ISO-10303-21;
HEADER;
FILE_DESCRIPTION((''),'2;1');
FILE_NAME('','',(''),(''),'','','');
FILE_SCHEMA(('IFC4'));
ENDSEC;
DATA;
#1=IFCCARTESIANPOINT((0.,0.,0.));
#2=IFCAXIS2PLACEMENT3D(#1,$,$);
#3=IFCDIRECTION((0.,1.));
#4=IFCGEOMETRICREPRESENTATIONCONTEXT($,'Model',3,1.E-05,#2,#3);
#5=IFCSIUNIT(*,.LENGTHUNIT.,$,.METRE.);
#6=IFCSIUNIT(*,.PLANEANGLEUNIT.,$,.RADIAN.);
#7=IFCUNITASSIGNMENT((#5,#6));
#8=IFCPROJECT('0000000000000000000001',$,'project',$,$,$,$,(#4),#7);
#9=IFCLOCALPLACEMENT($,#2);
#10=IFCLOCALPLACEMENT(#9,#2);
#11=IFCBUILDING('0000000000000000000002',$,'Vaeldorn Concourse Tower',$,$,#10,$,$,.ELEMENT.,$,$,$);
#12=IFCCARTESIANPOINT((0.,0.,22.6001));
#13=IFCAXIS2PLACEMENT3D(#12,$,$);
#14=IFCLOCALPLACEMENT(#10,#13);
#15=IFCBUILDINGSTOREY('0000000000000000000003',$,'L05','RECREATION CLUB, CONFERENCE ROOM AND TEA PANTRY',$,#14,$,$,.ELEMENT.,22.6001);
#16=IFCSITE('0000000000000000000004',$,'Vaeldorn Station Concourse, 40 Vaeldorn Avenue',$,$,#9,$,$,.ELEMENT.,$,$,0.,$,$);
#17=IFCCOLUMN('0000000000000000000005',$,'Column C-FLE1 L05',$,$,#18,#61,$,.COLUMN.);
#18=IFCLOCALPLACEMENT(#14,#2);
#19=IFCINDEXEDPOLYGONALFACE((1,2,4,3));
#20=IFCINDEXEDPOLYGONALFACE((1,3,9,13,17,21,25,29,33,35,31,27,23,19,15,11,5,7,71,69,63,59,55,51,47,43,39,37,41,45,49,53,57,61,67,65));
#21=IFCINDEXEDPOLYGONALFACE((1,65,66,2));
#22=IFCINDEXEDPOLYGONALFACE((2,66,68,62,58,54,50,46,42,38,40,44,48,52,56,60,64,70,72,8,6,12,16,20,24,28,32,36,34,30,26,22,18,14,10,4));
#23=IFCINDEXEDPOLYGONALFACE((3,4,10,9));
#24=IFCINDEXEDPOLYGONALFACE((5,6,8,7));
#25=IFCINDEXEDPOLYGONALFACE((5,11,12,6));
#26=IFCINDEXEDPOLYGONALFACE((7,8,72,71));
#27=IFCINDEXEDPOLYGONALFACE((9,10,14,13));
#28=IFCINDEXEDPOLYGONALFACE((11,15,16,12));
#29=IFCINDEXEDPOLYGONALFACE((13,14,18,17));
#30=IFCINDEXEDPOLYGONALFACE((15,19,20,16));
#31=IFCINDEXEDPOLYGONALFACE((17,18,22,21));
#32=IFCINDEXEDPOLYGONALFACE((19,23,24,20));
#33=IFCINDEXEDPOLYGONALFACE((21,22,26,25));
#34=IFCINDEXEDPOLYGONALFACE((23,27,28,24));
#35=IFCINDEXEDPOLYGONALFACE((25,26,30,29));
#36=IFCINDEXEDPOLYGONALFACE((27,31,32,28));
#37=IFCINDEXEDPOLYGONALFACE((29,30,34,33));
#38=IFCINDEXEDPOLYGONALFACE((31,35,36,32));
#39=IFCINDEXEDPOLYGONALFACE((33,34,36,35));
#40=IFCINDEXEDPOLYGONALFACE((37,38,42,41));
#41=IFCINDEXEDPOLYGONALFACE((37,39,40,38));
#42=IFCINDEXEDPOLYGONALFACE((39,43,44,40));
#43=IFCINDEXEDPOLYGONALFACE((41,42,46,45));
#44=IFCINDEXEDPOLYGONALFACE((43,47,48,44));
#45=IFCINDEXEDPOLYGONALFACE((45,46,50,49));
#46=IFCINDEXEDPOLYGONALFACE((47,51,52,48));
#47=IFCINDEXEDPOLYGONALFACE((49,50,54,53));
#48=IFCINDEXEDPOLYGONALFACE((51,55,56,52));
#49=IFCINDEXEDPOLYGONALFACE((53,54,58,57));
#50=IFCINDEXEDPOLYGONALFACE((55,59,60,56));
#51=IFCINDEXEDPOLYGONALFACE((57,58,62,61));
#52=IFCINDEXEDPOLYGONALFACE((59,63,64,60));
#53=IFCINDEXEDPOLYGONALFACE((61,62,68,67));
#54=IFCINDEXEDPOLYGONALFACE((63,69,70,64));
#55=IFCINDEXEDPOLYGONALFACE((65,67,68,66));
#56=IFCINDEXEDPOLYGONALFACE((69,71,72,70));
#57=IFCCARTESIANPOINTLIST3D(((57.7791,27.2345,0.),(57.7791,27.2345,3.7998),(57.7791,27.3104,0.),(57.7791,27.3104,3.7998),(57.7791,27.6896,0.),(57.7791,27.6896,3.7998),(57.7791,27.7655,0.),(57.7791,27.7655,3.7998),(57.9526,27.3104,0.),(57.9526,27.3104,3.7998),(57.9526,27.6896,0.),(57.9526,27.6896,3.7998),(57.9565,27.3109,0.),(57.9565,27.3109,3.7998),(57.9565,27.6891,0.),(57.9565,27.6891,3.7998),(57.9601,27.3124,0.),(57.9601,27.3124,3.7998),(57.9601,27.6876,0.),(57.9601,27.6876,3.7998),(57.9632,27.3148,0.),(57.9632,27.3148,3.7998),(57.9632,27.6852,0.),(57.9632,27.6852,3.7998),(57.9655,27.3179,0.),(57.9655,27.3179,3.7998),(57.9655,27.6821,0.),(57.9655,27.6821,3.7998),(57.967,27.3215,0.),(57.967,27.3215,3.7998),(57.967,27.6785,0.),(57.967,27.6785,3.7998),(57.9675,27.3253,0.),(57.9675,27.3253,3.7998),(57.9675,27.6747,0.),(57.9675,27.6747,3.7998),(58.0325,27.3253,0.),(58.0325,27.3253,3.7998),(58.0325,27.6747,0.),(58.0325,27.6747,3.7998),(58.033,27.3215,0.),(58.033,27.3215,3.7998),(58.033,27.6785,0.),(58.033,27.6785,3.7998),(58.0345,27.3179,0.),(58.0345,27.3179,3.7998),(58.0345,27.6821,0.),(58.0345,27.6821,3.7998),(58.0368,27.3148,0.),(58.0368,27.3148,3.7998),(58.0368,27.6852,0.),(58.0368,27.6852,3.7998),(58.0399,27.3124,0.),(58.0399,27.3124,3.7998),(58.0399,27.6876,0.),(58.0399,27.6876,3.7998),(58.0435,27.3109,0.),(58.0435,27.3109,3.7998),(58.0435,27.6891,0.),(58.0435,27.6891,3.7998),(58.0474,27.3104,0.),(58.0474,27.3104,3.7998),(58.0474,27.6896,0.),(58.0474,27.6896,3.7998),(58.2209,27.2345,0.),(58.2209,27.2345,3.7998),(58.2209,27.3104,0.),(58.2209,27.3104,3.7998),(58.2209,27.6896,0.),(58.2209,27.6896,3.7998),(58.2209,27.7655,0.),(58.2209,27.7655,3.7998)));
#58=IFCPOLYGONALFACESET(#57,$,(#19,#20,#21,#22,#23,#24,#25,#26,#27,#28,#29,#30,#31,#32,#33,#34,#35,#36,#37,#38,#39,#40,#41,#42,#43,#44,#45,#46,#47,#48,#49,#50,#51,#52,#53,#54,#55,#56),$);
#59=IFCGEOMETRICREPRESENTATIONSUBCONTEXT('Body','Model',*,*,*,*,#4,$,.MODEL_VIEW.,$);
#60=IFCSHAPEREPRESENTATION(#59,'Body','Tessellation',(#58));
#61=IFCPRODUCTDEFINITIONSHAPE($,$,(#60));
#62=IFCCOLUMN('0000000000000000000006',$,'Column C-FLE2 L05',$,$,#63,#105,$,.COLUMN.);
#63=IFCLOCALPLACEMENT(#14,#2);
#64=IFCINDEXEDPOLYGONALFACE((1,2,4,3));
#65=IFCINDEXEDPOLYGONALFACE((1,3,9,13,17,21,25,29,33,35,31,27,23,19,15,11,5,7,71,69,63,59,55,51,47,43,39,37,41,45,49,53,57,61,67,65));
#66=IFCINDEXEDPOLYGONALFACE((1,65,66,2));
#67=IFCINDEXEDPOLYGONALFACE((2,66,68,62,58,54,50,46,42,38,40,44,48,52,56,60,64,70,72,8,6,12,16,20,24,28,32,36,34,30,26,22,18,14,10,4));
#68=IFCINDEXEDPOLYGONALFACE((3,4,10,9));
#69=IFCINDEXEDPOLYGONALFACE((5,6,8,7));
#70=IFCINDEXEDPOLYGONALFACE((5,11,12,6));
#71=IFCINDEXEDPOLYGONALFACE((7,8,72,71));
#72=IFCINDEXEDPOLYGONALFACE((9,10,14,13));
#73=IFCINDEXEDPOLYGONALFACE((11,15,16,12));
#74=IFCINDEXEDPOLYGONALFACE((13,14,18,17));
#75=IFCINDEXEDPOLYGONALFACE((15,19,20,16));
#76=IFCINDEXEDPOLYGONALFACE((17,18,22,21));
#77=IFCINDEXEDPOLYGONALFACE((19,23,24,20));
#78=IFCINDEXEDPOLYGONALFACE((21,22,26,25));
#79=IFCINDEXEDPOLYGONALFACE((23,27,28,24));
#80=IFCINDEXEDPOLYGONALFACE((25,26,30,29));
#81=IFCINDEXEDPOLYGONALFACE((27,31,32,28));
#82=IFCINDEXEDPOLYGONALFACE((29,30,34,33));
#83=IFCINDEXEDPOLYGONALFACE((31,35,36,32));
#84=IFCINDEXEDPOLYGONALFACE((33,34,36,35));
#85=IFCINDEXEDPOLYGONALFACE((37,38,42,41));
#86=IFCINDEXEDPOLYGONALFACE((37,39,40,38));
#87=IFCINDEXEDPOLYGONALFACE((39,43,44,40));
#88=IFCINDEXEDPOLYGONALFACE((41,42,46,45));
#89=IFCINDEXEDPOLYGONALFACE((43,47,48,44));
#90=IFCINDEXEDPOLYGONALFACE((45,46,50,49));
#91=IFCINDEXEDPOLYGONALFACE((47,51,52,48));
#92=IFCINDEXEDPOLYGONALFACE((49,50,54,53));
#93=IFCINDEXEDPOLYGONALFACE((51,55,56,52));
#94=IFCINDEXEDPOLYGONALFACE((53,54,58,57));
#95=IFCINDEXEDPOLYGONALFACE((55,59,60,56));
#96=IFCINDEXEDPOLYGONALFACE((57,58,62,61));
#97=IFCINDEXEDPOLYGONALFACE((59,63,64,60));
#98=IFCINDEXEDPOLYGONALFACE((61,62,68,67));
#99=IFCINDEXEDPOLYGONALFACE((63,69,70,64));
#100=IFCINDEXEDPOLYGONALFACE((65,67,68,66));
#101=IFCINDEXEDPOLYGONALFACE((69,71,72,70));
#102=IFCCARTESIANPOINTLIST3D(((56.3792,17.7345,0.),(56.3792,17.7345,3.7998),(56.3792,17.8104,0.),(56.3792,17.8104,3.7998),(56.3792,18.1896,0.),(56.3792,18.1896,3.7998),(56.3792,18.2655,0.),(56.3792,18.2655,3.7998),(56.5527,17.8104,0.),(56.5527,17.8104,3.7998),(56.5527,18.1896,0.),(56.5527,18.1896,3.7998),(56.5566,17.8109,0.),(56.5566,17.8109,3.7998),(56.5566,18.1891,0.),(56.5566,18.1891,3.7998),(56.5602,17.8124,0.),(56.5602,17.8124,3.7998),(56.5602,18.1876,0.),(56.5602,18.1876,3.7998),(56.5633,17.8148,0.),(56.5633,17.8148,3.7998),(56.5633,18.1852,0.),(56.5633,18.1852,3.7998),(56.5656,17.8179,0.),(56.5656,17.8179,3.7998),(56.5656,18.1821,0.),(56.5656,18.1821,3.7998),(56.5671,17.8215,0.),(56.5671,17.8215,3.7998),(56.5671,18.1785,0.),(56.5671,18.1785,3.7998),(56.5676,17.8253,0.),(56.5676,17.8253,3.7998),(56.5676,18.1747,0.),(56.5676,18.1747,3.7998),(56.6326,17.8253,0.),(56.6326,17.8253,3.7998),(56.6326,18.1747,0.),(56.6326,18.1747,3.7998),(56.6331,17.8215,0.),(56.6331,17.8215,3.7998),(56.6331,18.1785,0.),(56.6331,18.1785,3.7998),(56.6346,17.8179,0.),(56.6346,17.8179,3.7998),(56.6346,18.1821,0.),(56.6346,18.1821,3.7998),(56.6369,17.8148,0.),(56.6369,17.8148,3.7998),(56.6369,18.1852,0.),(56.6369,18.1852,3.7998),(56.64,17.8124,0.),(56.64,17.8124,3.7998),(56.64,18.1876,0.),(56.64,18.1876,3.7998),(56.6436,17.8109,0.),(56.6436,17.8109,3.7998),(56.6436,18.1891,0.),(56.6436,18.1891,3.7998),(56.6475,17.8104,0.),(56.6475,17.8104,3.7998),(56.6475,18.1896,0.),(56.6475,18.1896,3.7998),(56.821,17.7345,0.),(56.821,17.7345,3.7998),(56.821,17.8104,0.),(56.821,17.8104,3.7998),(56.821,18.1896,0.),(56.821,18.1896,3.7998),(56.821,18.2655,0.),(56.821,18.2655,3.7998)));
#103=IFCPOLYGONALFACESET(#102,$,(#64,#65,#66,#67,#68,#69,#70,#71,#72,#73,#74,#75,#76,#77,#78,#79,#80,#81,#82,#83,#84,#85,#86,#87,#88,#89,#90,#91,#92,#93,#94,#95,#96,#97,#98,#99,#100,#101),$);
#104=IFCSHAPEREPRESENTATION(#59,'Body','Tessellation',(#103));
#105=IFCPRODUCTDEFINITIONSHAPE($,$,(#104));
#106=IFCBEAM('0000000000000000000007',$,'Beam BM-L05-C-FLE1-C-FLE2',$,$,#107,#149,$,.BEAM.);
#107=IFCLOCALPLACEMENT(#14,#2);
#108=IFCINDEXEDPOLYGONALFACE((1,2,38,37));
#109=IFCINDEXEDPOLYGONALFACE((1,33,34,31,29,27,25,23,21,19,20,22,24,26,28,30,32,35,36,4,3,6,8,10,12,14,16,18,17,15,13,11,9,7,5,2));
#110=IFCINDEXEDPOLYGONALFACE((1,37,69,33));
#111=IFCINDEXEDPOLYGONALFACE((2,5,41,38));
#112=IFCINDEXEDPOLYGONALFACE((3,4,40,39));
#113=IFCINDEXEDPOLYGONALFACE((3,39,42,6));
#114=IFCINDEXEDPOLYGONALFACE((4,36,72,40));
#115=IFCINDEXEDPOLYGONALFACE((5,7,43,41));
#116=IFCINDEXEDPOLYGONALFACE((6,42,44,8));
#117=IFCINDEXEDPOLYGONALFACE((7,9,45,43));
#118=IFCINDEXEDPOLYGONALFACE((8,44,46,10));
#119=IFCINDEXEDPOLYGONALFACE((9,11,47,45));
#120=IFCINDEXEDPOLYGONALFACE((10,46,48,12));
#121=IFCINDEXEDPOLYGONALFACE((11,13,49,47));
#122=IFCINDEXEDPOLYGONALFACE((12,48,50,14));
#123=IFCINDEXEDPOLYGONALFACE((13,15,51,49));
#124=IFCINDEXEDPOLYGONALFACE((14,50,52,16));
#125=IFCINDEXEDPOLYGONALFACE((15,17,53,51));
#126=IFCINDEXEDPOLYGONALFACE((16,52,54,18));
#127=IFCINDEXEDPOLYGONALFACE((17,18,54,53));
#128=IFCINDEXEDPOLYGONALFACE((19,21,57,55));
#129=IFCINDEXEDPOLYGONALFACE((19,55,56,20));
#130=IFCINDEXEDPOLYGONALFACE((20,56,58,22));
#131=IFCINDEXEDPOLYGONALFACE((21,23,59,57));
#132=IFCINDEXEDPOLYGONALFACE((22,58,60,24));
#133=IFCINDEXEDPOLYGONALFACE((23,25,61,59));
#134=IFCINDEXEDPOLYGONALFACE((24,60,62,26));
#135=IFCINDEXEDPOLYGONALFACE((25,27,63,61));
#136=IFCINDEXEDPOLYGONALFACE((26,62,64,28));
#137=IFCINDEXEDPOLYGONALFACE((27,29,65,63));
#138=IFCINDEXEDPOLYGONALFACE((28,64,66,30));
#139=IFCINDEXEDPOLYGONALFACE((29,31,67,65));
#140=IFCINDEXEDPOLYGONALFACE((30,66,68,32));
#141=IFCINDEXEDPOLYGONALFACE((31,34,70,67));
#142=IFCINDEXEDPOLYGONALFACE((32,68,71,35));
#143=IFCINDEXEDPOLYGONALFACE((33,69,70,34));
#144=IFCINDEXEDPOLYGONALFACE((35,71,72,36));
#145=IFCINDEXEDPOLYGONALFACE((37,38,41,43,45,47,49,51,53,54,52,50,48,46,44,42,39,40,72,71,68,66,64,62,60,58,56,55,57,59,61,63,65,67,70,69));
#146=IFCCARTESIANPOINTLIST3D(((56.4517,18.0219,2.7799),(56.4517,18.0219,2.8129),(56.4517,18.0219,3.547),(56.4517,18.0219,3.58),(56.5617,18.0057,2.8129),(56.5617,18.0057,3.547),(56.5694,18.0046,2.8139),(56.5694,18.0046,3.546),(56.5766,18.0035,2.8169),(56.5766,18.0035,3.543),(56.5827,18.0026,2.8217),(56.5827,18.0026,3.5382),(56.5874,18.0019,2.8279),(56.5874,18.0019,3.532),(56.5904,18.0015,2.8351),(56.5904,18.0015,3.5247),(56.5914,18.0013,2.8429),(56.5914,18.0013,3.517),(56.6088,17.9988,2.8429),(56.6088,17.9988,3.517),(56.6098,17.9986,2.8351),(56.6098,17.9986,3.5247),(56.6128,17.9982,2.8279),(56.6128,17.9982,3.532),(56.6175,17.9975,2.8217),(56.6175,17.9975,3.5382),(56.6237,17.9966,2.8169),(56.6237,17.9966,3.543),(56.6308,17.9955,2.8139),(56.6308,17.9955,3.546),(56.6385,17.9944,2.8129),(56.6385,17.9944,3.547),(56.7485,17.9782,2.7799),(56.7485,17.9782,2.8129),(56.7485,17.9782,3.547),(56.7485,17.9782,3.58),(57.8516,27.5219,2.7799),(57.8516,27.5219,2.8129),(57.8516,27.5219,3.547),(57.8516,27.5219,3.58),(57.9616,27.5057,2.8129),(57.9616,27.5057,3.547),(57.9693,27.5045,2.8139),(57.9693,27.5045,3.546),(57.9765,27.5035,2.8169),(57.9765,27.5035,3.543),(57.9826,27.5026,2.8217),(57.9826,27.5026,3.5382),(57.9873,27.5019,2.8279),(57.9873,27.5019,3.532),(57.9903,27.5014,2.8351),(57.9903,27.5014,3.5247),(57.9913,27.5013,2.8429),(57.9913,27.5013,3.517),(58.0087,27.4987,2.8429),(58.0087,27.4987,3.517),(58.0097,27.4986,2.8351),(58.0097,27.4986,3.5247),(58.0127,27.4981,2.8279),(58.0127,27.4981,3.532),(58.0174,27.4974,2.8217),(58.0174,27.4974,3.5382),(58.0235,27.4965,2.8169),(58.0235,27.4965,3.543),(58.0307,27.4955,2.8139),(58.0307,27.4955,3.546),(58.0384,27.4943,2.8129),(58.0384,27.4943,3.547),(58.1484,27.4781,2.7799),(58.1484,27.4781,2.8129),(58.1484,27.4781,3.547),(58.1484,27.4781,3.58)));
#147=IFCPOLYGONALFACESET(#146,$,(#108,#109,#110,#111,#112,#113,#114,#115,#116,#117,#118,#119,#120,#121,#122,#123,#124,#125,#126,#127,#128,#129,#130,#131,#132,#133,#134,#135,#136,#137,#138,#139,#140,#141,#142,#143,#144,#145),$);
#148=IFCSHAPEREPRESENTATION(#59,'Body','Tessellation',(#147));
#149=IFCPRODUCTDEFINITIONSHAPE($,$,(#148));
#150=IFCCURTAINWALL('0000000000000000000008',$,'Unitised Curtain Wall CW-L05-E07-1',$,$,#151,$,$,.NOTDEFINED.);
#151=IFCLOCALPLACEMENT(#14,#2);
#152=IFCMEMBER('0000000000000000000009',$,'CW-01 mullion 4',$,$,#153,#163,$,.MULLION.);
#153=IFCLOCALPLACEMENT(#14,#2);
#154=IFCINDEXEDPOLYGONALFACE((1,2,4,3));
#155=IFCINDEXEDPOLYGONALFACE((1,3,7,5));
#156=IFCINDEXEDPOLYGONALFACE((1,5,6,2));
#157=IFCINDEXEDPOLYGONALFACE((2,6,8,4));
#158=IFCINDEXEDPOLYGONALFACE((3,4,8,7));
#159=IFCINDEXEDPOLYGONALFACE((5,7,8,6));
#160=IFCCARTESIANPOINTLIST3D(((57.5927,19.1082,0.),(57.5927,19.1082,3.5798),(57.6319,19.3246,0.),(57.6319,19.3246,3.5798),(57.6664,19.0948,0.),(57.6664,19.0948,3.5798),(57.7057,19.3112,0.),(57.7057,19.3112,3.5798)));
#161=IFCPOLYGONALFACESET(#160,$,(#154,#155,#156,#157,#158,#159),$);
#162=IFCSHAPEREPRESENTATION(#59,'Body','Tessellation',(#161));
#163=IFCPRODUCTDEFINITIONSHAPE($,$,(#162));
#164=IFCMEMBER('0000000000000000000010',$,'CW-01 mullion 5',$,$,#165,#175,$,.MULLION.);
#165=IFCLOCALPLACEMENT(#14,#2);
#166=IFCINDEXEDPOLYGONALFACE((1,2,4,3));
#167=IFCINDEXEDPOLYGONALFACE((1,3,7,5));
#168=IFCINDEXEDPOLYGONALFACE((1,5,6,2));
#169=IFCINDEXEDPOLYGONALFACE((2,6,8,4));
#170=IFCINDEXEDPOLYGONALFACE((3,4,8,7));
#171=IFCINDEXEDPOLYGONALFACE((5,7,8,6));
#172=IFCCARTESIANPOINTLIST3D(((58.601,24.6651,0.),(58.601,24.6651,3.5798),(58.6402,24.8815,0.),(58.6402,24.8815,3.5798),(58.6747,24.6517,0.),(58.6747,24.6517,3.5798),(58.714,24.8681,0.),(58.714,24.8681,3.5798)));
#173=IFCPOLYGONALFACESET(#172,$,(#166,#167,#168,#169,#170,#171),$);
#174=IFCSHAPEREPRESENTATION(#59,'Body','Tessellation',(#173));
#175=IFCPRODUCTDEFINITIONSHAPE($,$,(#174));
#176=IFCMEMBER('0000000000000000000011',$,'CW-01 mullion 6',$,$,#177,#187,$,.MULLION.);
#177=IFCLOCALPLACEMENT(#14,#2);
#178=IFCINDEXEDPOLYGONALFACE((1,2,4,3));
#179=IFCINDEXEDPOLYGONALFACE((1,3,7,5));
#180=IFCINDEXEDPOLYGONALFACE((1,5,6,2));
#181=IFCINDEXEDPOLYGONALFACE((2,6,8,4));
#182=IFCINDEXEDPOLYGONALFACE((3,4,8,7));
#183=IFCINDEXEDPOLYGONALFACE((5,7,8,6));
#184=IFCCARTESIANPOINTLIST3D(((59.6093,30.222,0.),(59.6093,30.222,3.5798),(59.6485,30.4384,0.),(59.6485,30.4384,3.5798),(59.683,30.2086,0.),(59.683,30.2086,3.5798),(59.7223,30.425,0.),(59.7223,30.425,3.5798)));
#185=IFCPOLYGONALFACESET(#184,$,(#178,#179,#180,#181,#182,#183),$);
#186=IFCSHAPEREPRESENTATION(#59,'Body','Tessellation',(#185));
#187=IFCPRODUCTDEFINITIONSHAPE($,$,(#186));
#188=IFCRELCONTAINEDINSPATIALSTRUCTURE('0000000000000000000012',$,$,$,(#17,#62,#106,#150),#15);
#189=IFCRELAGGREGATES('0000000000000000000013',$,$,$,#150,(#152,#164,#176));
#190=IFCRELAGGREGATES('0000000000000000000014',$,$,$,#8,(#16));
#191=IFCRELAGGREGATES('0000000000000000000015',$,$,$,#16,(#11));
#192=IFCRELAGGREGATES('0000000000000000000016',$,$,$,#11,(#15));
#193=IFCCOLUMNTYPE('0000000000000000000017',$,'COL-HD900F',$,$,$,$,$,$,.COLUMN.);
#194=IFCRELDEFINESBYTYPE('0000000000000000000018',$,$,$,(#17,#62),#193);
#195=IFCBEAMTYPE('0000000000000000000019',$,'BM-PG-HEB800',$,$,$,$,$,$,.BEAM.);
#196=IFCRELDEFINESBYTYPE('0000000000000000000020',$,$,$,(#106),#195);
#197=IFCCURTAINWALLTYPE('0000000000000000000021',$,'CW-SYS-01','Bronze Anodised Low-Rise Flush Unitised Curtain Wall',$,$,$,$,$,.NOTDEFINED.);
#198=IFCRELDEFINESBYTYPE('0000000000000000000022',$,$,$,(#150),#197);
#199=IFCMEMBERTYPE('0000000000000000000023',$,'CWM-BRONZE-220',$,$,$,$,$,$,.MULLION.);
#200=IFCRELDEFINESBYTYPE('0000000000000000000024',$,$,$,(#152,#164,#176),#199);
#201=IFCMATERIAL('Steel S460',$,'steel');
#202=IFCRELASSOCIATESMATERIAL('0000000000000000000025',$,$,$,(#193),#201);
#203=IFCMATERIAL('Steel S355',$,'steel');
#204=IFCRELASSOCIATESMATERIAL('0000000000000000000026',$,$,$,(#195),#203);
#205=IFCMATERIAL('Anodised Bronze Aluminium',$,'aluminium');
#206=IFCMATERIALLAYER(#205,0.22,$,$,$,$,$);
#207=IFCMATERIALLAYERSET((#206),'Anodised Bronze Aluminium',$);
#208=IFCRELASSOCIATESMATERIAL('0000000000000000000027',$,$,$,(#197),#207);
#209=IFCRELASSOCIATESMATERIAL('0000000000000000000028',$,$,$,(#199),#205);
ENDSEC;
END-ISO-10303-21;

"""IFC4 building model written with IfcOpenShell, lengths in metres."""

from ifc_helpers import new_model, si_unit, direction, frame, origin, origin_2d, place, context, subcontext, project, spatial, rectangle, i_section, extrude, source, transform, mapped, material, layer, layer_set, material_profile, profile_set, type_object, element, aggregate, save


model = new_model("IFC4")

# Units and contexts
model_context = context("Model", 3, precision=1e-05, world=origin(), true_north=direction((0.0, 1.0)))
body_context = subcontext(model_context, "Body", "Model", "MODEL_VIEW")
ifc_project = project(units=[si_unit("LENGTHUNIT", "METRE"), si_unit("PLANEANGLEUNIT", "RADIAN")], contexts=[model_context])

# Site, building, storey
site_placement = place(None, origin())
site = spatial("IfcSite", under=ifc_project, at=site_placement, Name="Vaeldorn Station Concourse, 40 Vaeldorn Avenue", CompositionType="ELEMENT", RefElevation=0.0)
building_placement = place(site_placement, origin())
building = spatial("IfcBuilding", under=site, at=building_placement, Name="Vaeldorn Concourse Tower", CompositionType="ELEMENT")
storey_placement = place(building_placement, frame((0.0, 0.0, 22.6001)))
storey = spatial("IfcBuildingStorey", under=building, at=storey_placement, Name="L05", Description="RECREATION CLUB, CONFERENCE ROOM AND TEA PANTRY", CompositionType="ELEMENT", Elevation=22.6001)

# Columns
ifc_material_1 = material(Name="Steel S460", Category="steel")
ifc_material_profile_1 = material_profile(ifc_material_1, i_section(OverallWidth=0.4419, OverallDepth=0.531, WebThickness=0.0649, FlangeThickness=0.0759, FilletRadius=0.0149, at=origin_2d()), Name="HD 400x900")
ifc_profile_set_1 = profile_set([ifc_material_profile_1], Name="Steel S460")
column_type = type_object("IfcColumnType", Name="COL-HD900F", PredefinedType="COLUMN", material=ifc_profile_set_1)
shared_shape_1 = source(origin(), body_context, "Body", "SweptSolid", [
    extrude(i_section(OverallWidth=0.4419, OverallDepth=0.531, WebThickness=0.0649, FlangeThickness=0.0759, FilletRadius=0.0149, at=origin_2d()), origin(), (0.0, 0.0, 1.0), 3.7998),
])
for number, where, z_axis, x_axis, name in (
    (1, (58.0, 27.5, 0.0), (0.0, 0.0, 1.0), (1.0, 0.0, 0.0), "Column C-FLE1 L05"),
    (2, (56.6001, 18.0, 0.0), (0.0, 0.0, 1.0), (1.0, 0.0, 0.0), "Column C-FLE2 L05"),
):
    element("IfcColumn", number, at=place(storey_placement, frame(where, z_axis=z_axis, x_axis=x_axis)), inside=storey, type_object=column_type, Name=name, PredefinedType="COLUMN", context=body_context, shape_type="MappedRepresentation", body=[
        mapped(shared_shape_1, transform((0.0, 0.0, 0.0), scale=1.0)),
    ])

# Beam
ifc_material_2 = material(Name="Steel S355", Category="steel")
ifc_material_profile_2 = material_profile(ifc_material_2, i_section(OverallWidth=0.3, OverallDepth=0.8, WebThickness=0.0176, FlangeThickness=0.033, FilletRadius=0.03, at=origin_2d()), Name="HEB 800")
ifc_profile_set_2 = profile_set([ifc_material_profile_2], Name="Steel S355")
beam_type = type_object("IfcBeamType", Name="BM-PG-HEB800", PredefinedType="BEAM", material=ifc_profile_set_2)
shared_shape_2 = source(origin(), body_context, "Body", "SweptSolid", [
    extrude(i_section(OverallWidth=0.3, OverallDepth=0.8, WebThickness=0.0176, FlangeThickness=0.033, FilletRadius=0.03, at=origin_2d()), origin(), (0.0, 0.0, 1.0), 9.6025),
])
beam_placement = place(storey_placement, frame((58.0, 27.5, 3.1799), z_axis=(-0.145784, -0.989316, 0.0), x_axis=(0.989316, -0.145784, 0.0)))
element("IfcBeam", 3, at=beam_placement, inside=storey, type_object=beam_type, Name="Beam BM-L05-C-FLE1-C-FLE2", PredefinedType="BEAM", context=body_context, shape_type="MappedRepresentation", body=[
    mapped(shared_shape_2, transform((0.0, 0.0, 0.0), scale=1.0)),
])

# Curtain wall, members
ifc_material_3 = material(Name="Anodised Bronze Aluminium", Category="aluminium")
ifc_layer_1 = layer(ifc_material_3, 0.22)
ifc_layer_set_1 = layer_set([ifc_layer_1], Name="Anodised Bronze Aluminium")
curtain_wall_type = type_object("IfcCurtainWallType", Name="CW-SYS-01", Description="Bronze Anodised Low-Rise Flush Unitised Curtain Wall", PredefinedType="NOTDEFINED", material=ifc_layer_set_1)
curtain_wall_placement = place(storey_placement, origin())
curtain_wall = element("IfcCurtainWall", 4, at=curtain_wall_placement, inside=storey, type_object=curtain_wall_type, Name="Unitised Curtain Wall CW-L05-E07-1", PredefinedType="NOTDEFINED")
ifc_material_profile_3 = material_profile(ifc_material_3, rectangle(XDim=0.075, YDim=0.22, at=origin_2d()), Name="CWM 75x220")
ifc_profile_set_3 = profile_set([ifc_material_profile_3], Name="Anodised Bronze Aluminium")
member_type_1 = type_object("IfcMemberType", Name="CWM-BRONZE-220", PredefinedType="MULLION", material=ifc_profile_set_3)
shared_shape_3 = source(origin(), body_context, "Body", "SweptSolid", [
    extrude(rectangle(XDim=0.075, YDim=0.22, at=origin_2d()), origin(), (0.0, 0.0, 1.0), 3.5798),
])
member_1_placement = place(storey_placement, frame((57.6492, 19.2097, 0.0), z_axis=(0.0, 0.0, 1.0), x_axis=(-0.983935, 0.178526, 0.0)))
member_1 = element("IfcMember", 5, at=member_1_placement, type_object=member_type_1, Name="CW-01 mullion 4", PredefinedType="MULLION", context=body_context, shape_type="MappedRepresentation", body=[
    mapped(shared_shape_3, transform((0.0, 0.0, 0.0), scale=1.0)),
])
member_2_placement = place(storey_placement, frame((58.6575, 24.7666, 0.0), z_axis=(0.0, 0.0, 1.0), x_axis=(-0.983935, 0.178526, 0.0)))
member_2 = element("IfcMember", 6, at=member_2_placement, type_object=member_type_1, Name="CW-01 mullion 5", PredefinedType="MULLION", context=body_context, shape_type="MappedRepresentation", body=[
    mapped(shared_shape_3, transform((0.0, 0.0, 0.0), scale=1.0)),
])
member_3_placement = place(storey_placement, frame((59.6658, 30.3235, 0.0), z_axis=(0.0, 0.0, 1.0), x_axis=(-0.983935, 0.178526, 0.0)))
member_3 = element("IfcMember", 7, at=member_3_placement, type_object=member_type_1, Name="CW-01 mullion 6", PredefinedType="MULLION", context=body_context, shape_type="MappedRepresentation", body=[
    mapped(shared_shape_3, transform((0.0, 0.0, 0.0), scale=1.0)),
])
aggregate(curtain_wall, [member_1, member_2, member_3])

save(model, "model.ifc")
